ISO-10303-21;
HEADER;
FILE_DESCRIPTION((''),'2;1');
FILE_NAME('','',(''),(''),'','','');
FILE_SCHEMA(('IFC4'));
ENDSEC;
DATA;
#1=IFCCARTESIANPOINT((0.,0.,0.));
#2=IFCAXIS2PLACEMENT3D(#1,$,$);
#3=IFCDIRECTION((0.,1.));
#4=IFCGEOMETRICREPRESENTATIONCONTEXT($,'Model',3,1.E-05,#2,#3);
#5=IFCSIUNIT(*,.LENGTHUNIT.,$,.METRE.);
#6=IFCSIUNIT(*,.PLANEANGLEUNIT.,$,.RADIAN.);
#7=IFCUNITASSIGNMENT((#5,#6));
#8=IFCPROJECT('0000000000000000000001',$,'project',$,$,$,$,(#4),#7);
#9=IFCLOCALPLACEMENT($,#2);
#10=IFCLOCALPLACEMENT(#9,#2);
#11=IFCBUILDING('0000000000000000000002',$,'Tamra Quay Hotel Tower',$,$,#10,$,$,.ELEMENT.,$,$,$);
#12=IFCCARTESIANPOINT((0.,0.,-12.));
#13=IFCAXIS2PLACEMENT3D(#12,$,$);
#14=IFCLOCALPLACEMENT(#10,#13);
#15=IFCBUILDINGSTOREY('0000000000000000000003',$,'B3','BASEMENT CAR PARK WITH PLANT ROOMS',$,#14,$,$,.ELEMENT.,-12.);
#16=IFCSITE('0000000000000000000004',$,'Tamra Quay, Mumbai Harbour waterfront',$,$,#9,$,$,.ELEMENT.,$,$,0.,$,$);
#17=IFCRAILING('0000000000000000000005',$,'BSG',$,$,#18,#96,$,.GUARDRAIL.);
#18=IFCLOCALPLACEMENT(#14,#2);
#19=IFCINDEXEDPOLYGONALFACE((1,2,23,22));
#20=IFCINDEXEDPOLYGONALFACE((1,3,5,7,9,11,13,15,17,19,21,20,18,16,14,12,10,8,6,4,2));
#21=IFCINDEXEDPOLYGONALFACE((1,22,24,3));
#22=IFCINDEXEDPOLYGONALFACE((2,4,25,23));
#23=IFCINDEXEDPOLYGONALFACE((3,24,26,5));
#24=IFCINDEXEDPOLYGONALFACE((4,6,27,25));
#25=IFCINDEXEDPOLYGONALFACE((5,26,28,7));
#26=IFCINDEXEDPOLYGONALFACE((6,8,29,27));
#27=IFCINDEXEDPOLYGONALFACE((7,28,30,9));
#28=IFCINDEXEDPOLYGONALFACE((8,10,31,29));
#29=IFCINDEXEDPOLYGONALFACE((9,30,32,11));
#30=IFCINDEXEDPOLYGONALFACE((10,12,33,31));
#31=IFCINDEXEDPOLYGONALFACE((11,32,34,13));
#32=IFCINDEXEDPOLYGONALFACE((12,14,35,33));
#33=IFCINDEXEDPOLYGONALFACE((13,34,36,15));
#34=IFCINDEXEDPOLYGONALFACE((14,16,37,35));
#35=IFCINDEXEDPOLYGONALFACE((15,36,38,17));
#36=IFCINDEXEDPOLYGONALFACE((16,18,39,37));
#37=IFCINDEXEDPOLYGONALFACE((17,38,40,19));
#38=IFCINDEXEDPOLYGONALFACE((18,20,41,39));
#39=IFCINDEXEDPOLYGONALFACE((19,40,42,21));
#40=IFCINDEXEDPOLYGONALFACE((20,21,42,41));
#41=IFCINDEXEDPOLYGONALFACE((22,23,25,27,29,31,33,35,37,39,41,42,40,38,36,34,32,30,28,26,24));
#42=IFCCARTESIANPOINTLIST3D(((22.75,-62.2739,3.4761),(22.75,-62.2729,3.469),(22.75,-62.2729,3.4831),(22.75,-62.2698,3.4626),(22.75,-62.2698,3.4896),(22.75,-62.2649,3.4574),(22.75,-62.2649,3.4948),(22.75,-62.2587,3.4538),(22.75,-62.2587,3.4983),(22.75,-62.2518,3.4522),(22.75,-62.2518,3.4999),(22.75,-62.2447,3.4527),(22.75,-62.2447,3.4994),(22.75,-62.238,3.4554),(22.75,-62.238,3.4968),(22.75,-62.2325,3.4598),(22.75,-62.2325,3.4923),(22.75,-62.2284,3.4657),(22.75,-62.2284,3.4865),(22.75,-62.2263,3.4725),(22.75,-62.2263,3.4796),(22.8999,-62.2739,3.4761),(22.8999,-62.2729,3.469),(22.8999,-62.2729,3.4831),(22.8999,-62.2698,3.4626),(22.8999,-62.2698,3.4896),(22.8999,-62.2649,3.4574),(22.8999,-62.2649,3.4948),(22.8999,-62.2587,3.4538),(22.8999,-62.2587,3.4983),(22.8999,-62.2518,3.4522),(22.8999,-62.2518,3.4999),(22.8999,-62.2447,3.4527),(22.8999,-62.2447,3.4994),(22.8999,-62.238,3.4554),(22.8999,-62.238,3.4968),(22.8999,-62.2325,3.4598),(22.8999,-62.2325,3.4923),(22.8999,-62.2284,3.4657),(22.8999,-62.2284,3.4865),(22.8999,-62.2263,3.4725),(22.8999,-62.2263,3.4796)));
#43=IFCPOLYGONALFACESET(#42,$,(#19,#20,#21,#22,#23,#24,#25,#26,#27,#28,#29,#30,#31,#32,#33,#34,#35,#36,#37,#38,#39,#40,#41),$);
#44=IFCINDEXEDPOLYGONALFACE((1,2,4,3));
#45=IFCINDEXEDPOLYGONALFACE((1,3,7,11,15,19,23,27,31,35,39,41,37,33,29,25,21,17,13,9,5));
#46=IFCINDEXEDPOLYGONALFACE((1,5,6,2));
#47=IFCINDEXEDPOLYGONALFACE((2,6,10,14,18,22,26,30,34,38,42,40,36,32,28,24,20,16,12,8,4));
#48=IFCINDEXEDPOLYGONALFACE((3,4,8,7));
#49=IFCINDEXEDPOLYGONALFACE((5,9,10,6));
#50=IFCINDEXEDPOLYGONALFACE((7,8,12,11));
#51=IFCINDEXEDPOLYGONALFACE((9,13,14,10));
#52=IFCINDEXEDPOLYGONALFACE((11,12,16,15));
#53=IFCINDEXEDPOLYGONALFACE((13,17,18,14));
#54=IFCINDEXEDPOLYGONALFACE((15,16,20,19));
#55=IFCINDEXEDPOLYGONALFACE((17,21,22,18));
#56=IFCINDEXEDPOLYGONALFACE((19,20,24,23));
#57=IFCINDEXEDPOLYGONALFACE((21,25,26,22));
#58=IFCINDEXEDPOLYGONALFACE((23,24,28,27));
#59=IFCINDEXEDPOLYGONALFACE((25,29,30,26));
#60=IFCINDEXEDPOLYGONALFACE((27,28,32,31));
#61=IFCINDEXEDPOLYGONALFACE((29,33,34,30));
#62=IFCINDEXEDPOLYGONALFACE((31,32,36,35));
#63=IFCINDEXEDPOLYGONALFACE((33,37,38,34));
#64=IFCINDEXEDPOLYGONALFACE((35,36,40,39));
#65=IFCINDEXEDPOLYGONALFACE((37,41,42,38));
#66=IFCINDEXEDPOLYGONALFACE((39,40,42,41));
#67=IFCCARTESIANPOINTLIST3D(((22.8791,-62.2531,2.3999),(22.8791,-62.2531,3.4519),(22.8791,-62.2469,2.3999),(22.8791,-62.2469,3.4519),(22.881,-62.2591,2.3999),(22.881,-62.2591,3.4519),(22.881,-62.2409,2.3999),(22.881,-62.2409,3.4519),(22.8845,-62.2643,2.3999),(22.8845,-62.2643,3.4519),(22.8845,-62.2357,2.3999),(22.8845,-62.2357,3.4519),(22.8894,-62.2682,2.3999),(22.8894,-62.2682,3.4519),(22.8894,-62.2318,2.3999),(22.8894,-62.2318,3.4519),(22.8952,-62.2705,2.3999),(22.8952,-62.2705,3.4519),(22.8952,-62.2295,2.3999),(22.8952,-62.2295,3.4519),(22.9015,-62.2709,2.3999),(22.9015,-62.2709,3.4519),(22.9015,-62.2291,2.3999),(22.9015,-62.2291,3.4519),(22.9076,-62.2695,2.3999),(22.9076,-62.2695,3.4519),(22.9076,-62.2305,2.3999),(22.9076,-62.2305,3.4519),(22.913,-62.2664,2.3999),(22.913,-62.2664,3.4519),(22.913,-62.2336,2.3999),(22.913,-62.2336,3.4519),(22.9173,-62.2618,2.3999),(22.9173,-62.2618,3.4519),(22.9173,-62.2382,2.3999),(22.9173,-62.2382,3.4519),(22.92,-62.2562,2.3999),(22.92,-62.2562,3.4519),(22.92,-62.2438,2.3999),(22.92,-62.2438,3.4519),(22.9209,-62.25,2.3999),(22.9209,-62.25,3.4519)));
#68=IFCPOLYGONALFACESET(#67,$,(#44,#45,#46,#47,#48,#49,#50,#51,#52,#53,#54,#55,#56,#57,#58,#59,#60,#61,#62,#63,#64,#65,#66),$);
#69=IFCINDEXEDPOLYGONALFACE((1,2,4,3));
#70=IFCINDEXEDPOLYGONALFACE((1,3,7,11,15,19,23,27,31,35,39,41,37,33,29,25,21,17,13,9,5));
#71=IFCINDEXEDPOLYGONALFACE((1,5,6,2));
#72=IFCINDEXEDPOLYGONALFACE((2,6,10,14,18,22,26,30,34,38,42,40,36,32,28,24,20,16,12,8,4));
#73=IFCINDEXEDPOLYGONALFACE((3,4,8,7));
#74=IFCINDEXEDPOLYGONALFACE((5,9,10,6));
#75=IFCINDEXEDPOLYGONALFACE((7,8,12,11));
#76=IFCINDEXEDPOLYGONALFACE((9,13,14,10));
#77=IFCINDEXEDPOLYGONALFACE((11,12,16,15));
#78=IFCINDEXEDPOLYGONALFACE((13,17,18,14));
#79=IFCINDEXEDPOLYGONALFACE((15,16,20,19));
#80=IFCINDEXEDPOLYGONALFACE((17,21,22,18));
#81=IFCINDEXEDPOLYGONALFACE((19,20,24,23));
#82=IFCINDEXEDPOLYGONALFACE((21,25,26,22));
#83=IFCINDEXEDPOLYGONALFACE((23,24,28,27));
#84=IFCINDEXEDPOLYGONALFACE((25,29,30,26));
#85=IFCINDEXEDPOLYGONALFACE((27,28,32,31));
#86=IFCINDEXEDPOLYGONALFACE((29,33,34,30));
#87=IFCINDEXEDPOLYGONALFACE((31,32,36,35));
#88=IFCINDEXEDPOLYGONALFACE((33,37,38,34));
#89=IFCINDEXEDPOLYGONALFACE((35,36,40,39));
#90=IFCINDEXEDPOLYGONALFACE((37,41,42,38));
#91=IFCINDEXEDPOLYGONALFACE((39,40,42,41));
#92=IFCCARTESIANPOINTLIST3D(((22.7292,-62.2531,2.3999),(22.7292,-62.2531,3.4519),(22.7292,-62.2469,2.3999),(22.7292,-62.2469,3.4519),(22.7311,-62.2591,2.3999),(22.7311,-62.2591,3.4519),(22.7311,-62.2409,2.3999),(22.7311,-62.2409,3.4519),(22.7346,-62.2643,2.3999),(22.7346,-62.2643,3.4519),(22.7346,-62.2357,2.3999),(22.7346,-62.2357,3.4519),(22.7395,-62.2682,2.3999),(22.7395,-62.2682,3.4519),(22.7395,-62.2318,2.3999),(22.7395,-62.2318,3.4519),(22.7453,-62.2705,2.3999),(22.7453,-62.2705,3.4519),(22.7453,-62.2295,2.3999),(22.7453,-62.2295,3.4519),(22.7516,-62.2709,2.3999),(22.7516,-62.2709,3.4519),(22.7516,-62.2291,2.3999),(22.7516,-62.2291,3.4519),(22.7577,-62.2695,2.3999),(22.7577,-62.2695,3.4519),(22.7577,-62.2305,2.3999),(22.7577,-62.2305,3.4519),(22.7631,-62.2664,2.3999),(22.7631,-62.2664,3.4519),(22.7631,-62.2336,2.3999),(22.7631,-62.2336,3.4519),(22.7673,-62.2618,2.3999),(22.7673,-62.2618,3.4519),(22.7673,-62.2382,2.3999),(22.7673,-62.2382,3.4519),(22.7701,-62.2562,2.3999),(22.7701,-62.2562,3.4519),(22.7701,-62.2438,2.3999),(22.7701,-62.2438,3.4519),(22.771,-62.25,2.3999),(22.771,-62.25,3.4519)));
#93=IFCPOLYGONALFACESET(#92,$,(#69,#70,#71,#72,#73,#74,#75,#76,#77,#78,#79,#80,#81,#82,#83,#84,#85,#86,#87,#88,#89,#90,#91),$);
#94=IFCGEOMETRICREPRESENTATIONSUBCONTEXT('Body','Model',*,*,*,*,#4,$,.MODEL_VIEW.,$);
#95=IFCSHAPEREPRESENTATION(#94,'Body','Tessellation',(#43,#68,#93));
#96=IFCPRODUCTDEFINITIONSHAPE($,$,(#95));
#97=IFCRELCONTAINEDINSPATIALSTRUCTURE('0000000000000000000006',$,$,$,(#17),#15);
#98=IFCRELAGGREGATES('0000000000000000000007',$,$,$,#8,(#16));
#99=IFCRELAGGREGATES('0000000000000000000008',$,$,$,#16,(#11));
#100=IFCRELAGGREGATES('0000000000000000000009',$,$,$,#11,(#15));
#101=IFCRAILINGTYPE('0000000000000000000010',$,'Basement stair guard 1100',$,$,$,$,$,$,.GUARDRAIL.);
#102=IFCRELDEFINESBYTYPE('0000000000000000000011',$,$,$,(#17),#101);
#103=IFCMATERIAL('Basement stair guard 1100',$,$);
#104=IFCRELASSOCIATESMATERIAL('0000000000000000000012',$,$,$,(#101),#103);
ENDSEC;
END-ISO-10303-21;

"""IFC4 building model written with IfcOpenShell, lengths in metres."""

from ifc_helpers import new_model, si_unit, direction, frame, origin, origin_2d, place, context, subcontext, project, spatial, circle, extrude, material, type_object, element, save


model = new_model("IFC4")

# Units and contexts
model_context = context("Model", 3, precision=1e-05, world=origin(), true_north=direction((0.0, 1.0)))
body_context = subcontext(model_context, "Body", "Model", "MODEL_VIEW")
ifc_project = project(units=[si_unit("LENGTHUNIT", "METRE"), si_unit("PLANEANGLEUNIT", "RADIAN")], contexts=[model_context])

# Site, building, storey
site_placement = place(None, origin())
site = spatial("IfcSite", under=ifc_project, at=site_placement, Name="Tamra Quay, Mumbai Harbour waterfront", CompositionType="ELEMENT", RefElevation=0.0)
building_placement = place(site_placement, origin())
building = spatial("IfcBuilding", under=site, at=building_placement, Name="Tamra Quay Hotel Tower", CompositionType="ELEMENT")
storey_placement = place(building_placement, frame((0.0, 0.0, -12.0)))
storey = spatial("IfcBuildingStorey", under=building, at=storey_placement, Name="B3", Description="BASEMENT CAR PARK WITH PLANT ROOMS", CompositionType="ELEMENT", Elevation=-12.0)

# Railing
ifc_material_1 = material(Name="Basement stair guard 1100")
railing_type_1 = type_object("IfcRailingType", Name="Basement stair guard 1100", PredefinedType="GUARDRAIL", material=ifc_material_1)
railing_1_placement = place(storey_placement, frame((22.8999, -62.25, 2.3999)))
element("IfcRailing", 1, at=railing_1_placement, inside=storey, type_object=railing_type_1, Name="BSG", PredefinedType="GUARDRAIL", context=body_context, shape_type="SweptSolid", body=[
    extrude(circle(Radius=0.0239, at=origin_2d()), frame((0.0, 0.0, 1.0762), z_axis=(-1.0, 0.0, 0.0), x_axis=(0.0, -1.0, 0.0)), (0.0, 0.0, 1.0), 0.1499),
    extrude(circle(Radius=0.021, at=origin_2d()), origin(), (0.0, 0.0, 1.0), 1.052),
    extrude(circle(Radius=0.021, at=origin_2d()), frame((-0.1499, 0.0, 0.0)), (0.0, 0.0, 1.0), 1.052),
])

save(model, "model.ifc")
